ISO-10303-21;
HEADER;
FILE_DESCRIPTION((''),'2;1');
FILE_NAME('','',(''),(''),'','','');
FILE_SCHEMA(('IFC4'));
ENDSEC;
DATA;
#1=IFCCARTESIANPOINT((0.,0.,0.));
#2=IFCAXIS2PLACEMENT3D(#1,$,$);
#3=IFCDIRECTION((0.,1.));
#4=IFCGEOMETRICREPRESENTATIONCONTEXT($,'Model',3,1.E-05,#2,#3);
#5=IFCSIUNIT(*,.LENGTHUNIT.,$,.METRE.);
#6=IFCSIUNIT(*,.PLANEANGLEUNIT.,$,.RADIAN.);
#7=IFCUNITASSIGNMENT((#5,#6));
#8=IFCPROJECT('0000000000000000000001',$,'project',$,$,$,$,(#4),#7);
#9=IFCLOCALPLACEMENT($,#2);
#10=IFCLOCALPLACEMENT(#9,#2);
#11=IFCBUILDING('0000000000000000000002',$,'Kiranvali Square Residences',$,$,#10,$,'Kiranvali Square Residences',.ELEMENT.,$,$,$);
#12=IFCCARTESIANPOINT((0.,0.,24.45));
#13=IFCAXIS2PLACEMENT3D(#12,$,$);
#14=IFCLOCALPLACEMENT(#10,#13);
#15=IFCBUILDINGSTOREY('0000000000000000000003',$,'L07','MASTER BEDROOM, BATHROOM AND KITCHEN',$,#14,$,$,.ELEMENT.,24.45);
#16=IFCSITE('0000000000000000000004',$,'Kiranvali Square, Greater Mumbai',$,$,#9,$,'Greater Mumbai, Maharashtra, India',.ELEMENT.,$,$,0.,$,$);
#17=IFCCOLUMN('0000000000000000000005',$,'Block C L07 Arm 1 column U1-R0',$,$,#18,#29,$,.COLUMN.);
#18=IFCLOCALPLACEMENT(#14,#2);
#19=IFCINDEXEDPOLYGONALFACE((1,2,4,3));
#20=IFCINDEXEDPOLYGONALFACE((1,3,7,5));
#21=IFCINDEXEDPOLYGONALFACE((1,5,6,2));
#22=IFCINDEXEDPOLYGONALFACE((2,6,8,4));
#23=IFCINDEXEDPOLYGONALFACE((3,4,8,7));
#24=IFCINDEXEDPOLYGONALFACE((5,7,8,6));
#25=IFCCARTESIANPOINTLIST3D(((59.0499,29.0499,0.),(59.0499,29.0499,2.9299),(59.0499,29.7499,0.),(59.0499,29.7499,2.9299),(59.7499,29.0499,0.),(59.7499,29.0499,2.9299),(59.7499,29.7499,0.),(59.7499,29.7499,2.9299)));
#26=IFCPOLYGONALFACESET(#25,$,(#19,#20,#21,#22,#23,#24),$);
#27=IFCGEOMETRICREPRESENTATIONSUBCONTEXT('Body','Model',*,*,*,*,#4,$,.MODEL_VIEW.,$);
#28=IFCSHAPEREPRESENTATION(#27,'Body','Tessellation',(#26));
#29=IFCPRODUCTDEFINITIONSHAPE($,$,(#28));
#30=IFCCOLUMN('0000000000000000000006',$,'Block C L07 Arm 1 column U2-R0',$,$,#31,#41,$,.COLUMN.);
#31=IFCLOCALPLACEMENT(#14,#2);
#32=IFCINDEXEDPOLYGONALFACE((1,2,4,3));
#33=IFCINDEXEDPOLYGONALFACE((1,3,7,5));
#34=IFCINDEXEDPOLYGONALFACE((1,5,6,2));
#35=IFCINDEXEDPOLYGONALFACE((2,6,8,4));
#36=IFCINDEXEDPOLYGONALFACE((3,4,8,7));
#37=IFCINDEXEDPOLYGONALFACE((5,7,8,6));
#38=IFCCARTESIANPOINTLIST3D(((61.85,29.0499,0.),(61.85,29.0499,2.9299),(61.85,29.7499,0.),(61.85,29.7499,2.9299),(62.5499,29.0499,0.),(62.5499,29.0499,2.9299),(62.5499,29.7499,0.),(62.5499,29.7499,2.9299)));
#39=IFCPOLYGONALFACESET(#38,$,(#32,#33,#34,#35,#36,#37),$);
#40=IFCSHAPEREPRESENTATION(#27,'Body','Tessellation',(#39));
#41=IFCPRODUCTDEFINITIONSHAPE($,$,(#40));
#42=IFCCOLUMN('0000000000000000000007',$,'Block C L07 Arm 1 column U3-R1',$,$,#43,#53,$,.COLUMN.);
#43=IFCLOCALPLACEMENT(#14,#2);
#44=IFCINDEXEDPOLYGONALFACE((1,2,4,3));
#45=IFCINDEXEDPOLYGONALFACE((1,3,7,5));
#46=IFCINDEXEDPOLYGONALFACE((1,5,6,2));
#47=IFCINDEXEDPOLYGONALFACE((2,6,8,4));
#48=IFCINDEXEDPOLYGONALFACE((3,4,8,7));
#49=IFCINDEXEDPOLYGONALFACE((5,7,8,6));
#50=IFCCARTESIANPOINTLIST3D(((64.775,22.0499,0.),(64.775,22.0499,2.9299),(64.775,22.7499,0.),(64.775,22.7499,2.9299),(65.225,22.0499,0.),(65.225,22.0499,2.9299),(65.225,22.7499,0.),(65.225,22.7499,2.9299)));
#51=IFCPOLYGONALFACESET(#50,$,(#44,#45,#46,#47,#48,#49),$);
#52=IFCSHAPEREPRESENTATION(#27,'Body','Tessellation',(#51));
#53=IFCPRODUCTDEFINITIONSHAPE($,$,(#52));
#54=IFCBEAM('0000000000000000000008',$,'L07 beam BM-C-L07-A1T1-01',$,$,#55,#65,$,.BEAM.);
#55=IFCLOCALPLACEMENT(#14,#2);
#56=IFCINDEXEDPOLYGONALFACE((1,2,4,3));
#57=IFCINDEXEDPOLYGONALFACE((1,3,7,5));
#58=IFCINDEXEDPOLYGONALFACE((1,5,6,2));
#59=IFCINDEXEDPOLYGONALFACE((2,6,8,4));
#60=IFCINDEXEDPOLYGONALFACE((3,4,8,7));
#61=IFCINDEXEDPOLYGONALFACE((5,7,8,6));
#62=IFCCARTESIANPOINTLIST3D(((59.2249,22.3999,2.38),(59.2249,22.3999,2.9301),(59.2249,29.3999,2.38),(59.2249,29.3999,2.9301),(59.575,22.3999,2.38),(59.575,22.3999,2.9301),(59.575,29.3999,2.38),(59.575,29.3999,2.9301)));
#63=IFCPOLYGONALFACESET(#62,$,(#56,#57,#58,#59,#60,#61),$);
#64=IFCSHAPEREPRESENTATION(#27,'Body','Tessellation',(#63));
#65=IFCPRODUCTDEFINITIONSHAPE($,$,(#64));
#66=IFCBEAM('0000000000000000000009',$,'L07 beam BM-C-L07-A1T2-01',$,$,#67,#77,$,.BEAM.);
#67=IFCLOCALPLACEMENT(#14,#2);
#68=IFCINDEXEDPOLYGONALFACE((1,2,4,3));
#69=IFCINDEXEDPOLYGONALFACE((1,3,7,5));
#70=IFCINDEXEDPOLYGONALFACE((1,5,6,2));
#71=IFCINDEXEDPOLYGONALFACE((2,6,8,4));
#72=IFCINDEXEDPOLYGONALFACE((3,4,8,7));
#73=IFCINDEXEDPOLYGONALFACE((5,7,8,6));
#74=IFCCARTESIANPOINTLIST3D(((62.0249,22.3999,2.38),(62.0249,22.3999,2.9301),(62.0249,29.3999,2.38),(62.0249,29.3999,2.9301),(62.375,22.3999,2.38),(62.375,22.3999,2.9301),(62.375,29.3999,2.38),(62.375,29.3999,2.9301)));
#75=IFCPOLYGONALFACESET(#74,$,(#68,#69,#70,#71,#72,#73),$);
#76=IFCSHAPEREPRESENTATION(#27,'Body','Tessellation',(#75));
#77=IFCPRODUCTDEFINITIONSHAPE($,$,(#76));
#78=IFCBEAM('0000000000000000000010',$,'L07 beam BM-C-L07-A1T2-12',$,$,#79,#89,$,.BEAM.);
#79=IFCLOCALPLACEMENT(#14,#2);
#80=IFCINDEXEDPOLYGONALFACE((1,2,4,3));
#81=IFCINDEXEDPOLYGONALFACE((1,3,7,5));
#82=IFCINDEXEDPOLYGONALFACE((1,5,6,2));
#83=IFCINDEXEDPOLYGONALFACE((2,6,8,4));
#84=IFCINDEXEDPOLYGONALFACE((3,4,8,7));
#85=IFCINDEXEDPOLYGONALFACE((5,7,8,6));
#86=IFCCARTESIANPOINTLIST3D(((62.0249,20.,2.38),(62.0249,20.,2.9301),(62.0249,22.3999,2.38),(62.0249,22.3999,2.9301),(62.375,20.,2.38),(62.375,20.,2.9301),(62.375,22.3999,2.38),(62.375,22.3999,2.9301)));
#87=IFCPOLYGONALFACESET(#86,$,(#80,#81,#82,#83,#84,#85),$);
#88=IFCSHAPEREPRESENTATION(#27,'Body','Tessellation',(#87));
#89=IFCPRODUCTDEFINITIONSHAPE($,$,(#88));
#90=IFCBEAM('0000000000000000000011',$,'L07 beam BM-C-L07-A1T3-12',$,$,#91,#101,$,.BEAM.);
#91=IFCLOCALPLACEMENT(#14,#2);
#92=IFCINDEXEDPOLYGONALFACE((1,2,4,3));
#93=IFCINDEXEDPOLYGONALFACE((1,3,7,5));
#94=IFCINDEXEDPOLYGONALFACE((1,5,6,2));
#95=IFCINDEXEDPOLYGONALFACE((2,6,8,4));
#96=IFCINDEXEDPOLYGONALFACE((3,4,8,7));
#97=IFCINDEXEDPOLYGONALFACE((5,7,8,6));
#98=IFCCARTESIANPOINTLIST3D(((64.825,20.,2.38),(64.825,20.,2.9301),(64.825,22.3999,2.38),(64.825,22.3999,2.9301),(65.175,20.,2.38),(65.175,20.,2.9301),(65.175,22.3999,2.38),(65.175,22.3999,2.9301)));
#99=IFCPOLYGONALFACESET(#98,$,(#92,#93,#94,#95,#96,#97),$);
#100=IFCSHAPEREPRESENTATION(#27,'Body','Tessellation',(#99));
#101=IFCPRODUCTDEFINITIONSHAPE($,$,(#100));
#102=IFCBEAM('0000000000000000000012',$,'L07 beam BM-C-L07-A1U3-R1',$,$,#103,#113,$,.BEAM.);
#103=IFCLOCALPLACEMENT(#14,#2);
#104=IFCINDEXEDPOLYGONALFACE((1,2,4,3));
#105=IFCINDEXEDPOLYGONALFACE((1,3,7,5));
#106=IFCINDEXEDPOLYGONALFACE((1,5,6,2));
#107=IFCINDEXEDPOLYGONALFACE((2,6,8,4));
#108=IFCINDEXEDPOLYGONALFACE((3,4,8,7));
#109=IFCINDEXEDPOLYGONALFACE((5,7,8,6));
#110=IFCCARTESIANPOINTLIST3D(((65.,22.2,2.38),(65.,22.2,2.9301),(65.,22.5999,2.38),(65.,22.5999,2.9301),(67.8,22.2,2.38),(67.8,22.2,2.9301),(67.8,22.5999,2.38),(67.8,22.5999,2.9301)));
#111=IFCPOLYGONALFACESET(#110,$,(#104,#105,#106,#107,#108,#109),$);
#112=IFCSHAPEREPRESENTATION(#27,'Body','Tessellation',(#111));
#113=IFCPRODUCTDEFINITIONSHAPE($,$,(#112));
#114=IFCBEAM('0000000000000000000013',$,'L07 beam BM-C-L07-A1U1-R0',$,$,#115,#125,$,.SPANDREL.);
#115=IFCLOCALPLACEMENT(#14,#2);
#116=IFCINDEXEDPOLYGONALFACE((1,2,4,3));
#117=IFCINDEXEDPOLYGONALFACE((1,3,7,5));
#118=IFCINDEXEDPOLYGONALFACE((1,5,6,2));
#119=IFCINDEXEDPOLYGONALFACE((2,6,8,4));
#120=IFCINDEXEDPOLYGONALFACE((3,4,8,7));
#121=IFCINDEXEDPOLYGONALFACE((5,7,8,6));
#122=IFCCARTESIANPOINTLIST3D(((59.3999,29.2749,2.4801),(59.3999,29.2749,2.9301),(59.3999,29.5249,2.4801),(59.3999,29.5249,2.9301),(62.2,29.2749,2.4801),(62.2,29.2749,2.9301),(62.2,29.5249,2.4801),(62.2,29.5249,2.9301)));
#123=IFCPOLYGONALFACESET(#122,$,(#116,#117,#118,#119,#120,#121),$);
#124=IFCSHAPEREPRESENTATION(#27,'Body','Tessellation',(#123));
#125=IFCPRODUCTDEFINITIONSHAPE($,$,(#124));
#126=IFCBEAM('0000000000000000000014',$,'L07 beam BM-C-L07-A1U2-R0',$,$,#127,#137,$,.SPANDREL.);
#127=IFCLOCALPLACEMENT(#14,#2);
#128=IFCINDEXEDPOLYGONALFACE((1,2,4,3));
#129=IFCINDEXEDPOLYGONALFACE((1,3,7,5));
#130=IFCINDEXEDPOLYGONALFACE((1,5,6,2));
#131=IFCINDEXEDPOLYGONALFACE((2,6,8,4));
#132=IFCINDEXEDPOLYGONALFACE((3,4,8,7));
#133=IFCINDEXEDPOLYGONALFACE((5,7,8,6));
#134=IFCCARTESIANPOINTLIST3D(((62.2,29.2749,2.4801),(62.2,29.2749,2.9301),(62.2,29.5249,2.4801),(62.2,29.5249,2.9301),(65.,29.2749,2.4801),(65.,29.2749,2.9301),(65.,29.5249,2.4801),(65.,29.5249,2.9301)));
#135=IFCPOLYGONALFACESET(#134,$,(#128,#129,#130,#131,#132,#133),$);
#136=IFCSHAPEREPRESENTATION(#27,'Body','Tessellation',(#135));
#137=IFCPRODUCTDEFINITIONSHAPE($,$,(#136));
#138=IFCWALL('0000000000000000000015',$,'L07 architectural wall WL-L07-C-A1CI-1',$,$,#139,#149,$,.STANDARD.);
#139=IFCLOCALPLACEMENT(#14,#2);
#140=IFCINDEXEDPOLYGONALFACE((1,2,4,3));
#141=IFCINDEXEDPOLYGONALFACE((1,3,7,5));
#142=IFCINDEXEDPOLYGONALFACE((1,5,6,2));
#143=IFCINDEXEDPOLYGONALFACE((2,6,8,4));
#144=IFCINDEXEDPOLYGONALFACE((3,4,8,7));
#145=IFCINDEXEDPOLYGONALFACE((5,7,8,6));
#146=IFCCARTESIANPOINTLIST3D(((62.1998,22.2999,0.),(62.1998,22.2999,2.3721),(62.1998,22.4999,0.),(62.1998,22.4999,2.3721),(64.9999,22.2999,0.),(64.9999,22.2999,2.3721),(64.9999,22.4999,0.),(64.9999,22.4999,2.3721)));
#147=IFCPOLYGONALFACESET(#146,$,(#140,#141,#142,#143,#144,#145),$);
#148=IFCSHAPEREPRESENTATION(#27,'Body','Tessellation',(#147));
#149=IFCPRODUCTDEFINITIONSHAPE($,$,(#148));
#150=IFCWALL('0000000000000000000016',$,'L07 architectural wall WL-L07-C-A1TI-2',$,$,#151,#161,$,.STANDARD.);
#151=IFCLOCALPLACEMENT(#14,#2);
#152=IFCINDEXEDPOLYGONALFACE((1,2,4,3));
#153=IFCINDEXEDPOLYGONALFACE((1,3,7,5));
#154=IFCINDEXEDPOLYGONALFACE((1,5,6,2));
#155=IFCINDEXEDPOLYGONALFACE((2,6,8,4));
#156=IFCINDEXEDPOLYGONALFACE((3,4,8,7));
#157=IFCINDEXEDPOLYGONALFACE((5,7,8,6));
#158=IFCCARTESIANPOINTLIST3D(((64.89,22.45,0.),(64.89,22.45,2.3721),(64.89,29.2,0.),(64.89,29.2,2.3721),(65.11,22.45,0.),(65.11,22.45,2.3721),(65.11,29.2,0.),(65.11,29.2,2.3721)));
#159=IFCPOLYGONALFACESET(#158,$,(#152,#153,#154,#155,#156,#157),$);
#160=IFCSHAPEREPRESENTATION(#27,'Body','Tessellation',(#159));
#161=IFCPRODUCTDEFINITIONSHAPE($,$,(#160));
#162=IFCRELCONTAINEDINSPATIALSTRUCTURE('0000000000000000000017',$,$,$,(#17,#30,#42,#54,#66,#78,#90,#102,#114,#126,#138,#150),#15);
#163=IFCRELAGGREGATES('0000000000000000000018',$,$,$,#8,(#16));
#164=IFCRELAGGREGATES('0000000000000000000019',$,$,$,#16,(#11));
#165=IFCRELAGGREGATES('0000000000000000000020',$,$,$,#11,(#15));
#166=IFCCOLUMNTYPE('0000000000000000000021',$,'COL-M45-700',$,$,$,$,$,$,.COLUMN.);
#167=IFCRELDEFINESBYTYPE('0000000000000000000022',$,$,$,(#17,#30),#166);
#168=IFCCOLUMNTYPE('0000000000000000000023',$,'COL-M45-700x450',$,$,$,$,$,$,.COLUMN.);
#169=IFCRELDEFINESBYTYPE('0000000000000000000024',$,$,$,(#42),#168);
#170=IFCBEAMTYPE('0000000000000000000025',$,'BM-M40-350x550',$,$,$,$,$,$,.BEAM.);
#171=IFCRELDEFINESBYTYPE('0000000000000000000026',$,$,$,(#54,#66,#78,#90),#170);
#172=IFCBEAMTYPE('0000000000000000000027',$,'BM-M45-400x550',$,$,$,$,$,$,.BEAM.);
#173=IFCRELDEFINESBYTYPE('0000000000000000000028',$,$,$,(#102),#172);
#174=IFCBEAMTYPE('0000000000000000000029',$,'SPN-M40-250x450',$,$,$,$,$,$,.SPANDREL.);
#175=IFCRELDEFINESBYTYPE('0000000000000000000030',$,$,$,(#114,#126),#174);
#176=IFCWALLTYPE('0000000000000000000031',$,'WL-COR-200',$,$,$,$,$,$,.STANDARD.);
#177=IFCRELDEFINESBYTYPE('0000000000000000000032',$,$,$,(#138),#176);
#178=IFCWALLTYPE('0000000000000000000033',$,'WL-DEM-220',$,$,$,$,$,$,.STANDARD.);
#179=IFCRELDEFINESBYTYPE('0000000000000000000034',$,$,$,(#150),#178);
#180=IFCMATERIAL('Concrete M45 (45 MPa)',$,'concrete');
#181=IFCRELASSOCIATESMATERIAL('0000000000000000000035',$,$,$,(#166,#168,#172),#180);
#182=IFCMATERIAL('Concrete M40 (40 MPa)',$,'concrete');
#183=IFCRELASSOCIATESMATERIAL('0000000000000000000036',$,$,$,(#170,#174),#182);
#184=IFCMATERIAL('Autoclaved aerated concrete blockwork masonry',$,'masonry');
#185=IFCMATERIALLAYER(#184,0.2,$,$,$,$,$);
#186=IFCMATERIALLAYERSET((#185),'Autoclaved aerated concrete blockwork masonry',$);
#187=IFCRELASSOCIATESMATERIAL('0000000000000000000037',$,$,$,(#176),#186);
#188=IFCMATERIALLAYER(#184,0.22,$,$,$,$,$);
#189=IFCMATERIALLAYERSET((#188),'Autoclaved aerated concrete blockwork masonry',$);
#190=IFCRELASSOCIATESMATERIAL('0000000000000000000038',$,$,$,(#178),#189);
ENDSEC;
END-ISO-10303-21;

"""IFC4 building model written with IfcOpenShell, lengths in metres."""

from ifc_helpers import new_model, si_unit, direction, frame, frame_2d, origin, origin_2d, place, context, subcontext, project, spatial, rectangle, extrude, material, layer, layer_set, material_profile, profile_set, type_object, element, save


model = new_model("IFC4")

# Units and contexts
model_context = context("Model", 3, precision=1e-05, world=origin(), true_north=direction((0.0, 1.0)))
body_context = subcontext(model_context, "Body", "Model", "MODEL_VIEW")
ifc_project = project(units=[si_unit("LENGTHUNIT", "METRE"), si_unit("PLANEANGLEUNIT", "RADIAN")], contexts=[model_context])

# Site, building, storey
site_placement = place(None, origin())
site = spatial("IfcSite", under=ifc_project, at=site_placement, Name="Kiranvali Square, Greater Mumbai", LongName="Greater Mumbai, Maharashtra, India", CompositionType="ELEMENT", RefElevation=0.0)
building_placement = place(site_placement, origin())
building = spatial("IfcBuilding", under=site, at=building_placement, Name="Kiranvali Square Residences", LongName="Kiranvali Square Residences", CompositionType="ELEMENT")
storey_placement = place(building_placement, frame((0.0, 0.0, 24.45)))
storey = spatial("IfcBuildingStorey", under=building, at=storey_placement, Name="L07", Description="MASTER BEDROOM, BATHROOM AND KITCHEN", CompositionType="ELEMENT", Elevation=24.45)

# Columns
ifc_material_1 = material(Name="Concrete M45 (45 MPa)", Category="concrete")
ifc_material_profile_1 = material_profile(ifc_material_1, rectangle(XDim=0.7, YDim=0.7, at=origin_2d()), Name="RC 700x700")
ifc_profile_set_1 = profile_set([ifc_material_profile_1], Name="Concrete M45 (45 MPa)")
column_type_1 = type_object("IfcColumnType", Name="COL-M45-700", PredefinedType="COLUMN", material=ifc_profile_set_1)
for number, where, z_axis, x_axis, name in (
    (1, (59.3999, 29.3999, 0.0), (0.0, 0.0, 1.0), (1.0, 0.0, 0.0), "Block C L07 Arm 1 column U1-R0"),
    (2, (62.2, 29.3999, 0.0), (0.0, 0.0, 1.0), (1.0, 0.0, 0.0), "Block C L07 Arm 1 column U2-R0"),
):
    element("IfcColumn", number, at=place(storey_placement, frame(where, z_axis=z_axis, x_axis=x_axis)), inside=storey, type_object=column_type_1, Name=name, PredefinedType="COLUMN", context=body_context, shape_type="SweptSolid", body=[
        extrude(rectangle(XDim=0.7, YDim=0.7, at=origin_2d()), origin(), (0.0, 0.0, 1.0), 2.9299),
    ])
ifc_material_profile_2 = material_profile(ifc_material_1, rectangle(XDim=0.45, YDim=0.7, at=origin_2d()), Name="RC 700x450")
ifc_profile_set_2 = profile_set([ifc_material_profile_2], Name="Concrete M45 (45 MPa)")
column_type_2 = type_object("IfcColumnType", Name="COL-M45-700x450", PredefinedType="COLUMN", material=ifc_profile_set_2)
column_placement = place(storey_placement, frame((65.0, 22.3999, 0.0), z_axis=(0.0, 0.0, 1.0), x_axis=(1.0, 0.0, 0.0)))
element("IfcColumn", 3, at=column_placement, inside=storey, type_object=column_type_2, Name="Block C L07 Arm 1 column U3-R1", PredefinedType="COLUMN", context=body_context, shape_type="SweptSolid", body=[
    extrude(rectangle(XDim=0.45, YDim=0.7, at=origin_2d()), origin(), (0.0, 0.0, 1.0), 2.9299),
])

# Beams
ifc_material_2 = material(Name="Concrete M40 (40 MPa)", Category="concrete")
ifc_material_profile_3 = material_profile(ifc_material_2, rectangle(XDim=0.3501, YDim=0.55, at=origin_2d()), Name="RC 350x550")
ifc_profile_set_3 = profile_set([ifc_material_profile_3], Name="Concrete M40 (40 MPa)")
beam_type_1 = type_object("IfcBeamType", Name="BM-M40-350x550", PredefinedType="BEAM", material=ifc_profile_set_3)
for number, where, z_axis, x_axis, name in (
    (4, (59.3999, 29.3999, 2.655), (0.0, -1.0, 0.0), (1.0, 0.0, 0.0), "L07 beam BM-C-L07-A1T1-01"),
    (5, (62.2, 29.3999, 2.655), (0.0, -1.0, 0.0), (1.0, 0.0, 0.0), "L07 beam BM-C-L07-A1T2-01"),
):
    element("IfcBeam", number, at=place(storey_placement, frame(where, z_axis=z_axis, x_axis=x_axis)), inside=storey, type_object=beam_type_1, Name=name, PredefinedType="BEAM", context=body_context, shape_type="SweptSolid", body=[
        extrude(rectangle(XDim=0.3501, YDim=0.55, at=origin_2d()), origin(), (0.0, 0.0, 1.0), 7.0),
    ])
for number, where, z_axis, x_axis, name in (
    (6, (62.2, 22.3999, 2.655), (0.0, -1.0, 0.0), (1.0, 0.0, 0.0), "L07 beam BM-C-L07-A1T2-12"),
    (7, (65.0, 22.3999, 2.655), (0.0, -1.0, 0.0), (1.0, 0.0, 0.0), "L07 beam BM-C-L07-A1T3-12"),
):
    element("IfcBeam", number, at=place(storey_placement, frame(where, z_axis=z_axis, x_axis=x_axis)), inside=storey, type_object=beam_type_1, Name=name, PredefinedType="BEAM", context=body_context, shape_type="SweptSolid", body=[
        extrude(rectangle(XDim=0.3501, YDim=0.55, at=origin_2d()), origin(), (0.0, 0.0, 1.0), 2.3999),
    ])
ifc_material_profile_4 = material_profile(ifc_material_1, rectangle(XDim=0.3999, YDim=0.55, at=origin_2d()), Name="RC 400x550")
ifc_profile_set_4 = profile_set([ifc_material_profile_4], Name="Concrete M45 (45 MPa)")
beam_type_2 = type_object("IfcBeamType", Name="BM-M45-400x550", PredefinedType="BEAM", material=ifc_profile_set_4)
beam_placement = place(storey_placement, frame((65.0, 22.3999, 2.655), z_axis=(1.0, 0.0, 0.0), x_axis=(0.0, 1.0, 0.0)))
element("IfcBeam", 8, at=beam_placement, inside=storey, type_object=beam_type_2, Name="L07 beam BM-C-L07-A1U3-R1", PredefinedType="BEAM", context=body_context, shape_type="SweptSolid", body=[
    extrude(rectangle(XDim=0.3999, YDim=0.55, at=origin_2d()), origin(), (0.0, 0.0, 1.0), 2.8),
])
ifc_material_profile_5 = material_profile(ifc_material_2, rectangle(XDim=0.25, YDim=0.45, at=origin_2d()), Name="RC 250x450")
ifc_profile_set_5 = profile_set([ifc_material_profile_5], Name="Concrete M40 (40 MPa)")
beam_type_3 = type_object("IfcBeamType", Name="SPN-M40-250x450", PredefinedType="SPANDREL", material=ifc_profile_set_5)
for number, where, z_axis, x_axis, name in (
    (9, (59.3999, 29.3999, 2.7051), (1.0, 0.0, 0.0), (0.0, 1.0, 0.0), "L07 beam BM-C-L07-A1U1-R0"),
    (10, (62.2, 29.3999, 2.7051), (1.0, 0.0, 0.0), (0.0, 1.0, 0.0), "L07 beam BM-C-L07-A1U2-R0"),
):
    element("IfcBeam", number, at=place(storey_placement, frame(where, z_axis=z_axis, x_axis=x_axis)), inside=storey, type_object=beam_type_3, Name=name, PredefinedType="SPANDREL", context=body_context, shape_type="SweptSolid", body=[
        extrude(rectangle(XDim=0.25, YDim=0.45, at=origin_2d()), origin(), (0.0, 0.0, 1.0), 2.8),
    ])

# Wall
ifc_material_3 = material(Name="Autoclaved aerated concrete blockwork masonry", Category="masonry")
ifc_layer_1 = layer(ifc_material_3, 0.2)
ifc_layer_set_1 = layer_set([ifc_layer_1], Name="Autoclaved aerated concrete blockwork masonry")
wall_type_1 = type_object("IfcWallType", Name="WL-COR-200", PredefinedType="STANDARD", material=ifc_layer_set_1)
wall_1_placement = place(storey_placement, frame((62.2, 22.3999, 0.0), z_axis=(0.0, 0.0, 1.0), x_axis=(1.0, 0.0, 0.0)))
element("IfcWall", 11, at=wall_1_placement, inside=storey, type_object=wall_type_1, Name="L07 architectural wall WL-L07-C-A1CI-1", PredefinedType="STANDARD", context=body_context, shape_type="SweptSolid", body=[
    extrude(rectangle(XDim=2.8, YDim=0.2, at=frame_2d((1.3999, 0.0))), origin(), (0.0, 0.0, 1.0), 2.3721),
])

# Wall
ifc_layer_2 = layer(ifc_material_3, 0.22)
ifc_layer_set_2 = layer_set([ifc_layer_2], Name="Autoclaved aerated concrete blockwork masonry")
wall_type_2 = type_object("IfcWallType", Name="WL-DEM-220", PredefinedType="STANDARD", material=ifc_layer_set_2)
wall_2_placement = place(storey_placement, frame((65.0, 29.2, 0.0), z_axis=(0.0, 0.0, 1.0), x_axis=(0.0, -1.0, 0.0)))
element("IfcWall", 12, at=wall_2_placement, inside=storey, type_object=wall_type_2, Name="L07 architectural wall WL-L07-C-A1TI-2", PredefinedType="STANDARD", context=body_context, shape_type="SweptSolid", body=[
    extrude(rectangle(XDim=6.75, YDim=0.22, at=frame_2d((3.375, 0.0))), origin(), (0.0, 0.0, 1.0), 2.3721),
])

save(model, "model.ifc")
